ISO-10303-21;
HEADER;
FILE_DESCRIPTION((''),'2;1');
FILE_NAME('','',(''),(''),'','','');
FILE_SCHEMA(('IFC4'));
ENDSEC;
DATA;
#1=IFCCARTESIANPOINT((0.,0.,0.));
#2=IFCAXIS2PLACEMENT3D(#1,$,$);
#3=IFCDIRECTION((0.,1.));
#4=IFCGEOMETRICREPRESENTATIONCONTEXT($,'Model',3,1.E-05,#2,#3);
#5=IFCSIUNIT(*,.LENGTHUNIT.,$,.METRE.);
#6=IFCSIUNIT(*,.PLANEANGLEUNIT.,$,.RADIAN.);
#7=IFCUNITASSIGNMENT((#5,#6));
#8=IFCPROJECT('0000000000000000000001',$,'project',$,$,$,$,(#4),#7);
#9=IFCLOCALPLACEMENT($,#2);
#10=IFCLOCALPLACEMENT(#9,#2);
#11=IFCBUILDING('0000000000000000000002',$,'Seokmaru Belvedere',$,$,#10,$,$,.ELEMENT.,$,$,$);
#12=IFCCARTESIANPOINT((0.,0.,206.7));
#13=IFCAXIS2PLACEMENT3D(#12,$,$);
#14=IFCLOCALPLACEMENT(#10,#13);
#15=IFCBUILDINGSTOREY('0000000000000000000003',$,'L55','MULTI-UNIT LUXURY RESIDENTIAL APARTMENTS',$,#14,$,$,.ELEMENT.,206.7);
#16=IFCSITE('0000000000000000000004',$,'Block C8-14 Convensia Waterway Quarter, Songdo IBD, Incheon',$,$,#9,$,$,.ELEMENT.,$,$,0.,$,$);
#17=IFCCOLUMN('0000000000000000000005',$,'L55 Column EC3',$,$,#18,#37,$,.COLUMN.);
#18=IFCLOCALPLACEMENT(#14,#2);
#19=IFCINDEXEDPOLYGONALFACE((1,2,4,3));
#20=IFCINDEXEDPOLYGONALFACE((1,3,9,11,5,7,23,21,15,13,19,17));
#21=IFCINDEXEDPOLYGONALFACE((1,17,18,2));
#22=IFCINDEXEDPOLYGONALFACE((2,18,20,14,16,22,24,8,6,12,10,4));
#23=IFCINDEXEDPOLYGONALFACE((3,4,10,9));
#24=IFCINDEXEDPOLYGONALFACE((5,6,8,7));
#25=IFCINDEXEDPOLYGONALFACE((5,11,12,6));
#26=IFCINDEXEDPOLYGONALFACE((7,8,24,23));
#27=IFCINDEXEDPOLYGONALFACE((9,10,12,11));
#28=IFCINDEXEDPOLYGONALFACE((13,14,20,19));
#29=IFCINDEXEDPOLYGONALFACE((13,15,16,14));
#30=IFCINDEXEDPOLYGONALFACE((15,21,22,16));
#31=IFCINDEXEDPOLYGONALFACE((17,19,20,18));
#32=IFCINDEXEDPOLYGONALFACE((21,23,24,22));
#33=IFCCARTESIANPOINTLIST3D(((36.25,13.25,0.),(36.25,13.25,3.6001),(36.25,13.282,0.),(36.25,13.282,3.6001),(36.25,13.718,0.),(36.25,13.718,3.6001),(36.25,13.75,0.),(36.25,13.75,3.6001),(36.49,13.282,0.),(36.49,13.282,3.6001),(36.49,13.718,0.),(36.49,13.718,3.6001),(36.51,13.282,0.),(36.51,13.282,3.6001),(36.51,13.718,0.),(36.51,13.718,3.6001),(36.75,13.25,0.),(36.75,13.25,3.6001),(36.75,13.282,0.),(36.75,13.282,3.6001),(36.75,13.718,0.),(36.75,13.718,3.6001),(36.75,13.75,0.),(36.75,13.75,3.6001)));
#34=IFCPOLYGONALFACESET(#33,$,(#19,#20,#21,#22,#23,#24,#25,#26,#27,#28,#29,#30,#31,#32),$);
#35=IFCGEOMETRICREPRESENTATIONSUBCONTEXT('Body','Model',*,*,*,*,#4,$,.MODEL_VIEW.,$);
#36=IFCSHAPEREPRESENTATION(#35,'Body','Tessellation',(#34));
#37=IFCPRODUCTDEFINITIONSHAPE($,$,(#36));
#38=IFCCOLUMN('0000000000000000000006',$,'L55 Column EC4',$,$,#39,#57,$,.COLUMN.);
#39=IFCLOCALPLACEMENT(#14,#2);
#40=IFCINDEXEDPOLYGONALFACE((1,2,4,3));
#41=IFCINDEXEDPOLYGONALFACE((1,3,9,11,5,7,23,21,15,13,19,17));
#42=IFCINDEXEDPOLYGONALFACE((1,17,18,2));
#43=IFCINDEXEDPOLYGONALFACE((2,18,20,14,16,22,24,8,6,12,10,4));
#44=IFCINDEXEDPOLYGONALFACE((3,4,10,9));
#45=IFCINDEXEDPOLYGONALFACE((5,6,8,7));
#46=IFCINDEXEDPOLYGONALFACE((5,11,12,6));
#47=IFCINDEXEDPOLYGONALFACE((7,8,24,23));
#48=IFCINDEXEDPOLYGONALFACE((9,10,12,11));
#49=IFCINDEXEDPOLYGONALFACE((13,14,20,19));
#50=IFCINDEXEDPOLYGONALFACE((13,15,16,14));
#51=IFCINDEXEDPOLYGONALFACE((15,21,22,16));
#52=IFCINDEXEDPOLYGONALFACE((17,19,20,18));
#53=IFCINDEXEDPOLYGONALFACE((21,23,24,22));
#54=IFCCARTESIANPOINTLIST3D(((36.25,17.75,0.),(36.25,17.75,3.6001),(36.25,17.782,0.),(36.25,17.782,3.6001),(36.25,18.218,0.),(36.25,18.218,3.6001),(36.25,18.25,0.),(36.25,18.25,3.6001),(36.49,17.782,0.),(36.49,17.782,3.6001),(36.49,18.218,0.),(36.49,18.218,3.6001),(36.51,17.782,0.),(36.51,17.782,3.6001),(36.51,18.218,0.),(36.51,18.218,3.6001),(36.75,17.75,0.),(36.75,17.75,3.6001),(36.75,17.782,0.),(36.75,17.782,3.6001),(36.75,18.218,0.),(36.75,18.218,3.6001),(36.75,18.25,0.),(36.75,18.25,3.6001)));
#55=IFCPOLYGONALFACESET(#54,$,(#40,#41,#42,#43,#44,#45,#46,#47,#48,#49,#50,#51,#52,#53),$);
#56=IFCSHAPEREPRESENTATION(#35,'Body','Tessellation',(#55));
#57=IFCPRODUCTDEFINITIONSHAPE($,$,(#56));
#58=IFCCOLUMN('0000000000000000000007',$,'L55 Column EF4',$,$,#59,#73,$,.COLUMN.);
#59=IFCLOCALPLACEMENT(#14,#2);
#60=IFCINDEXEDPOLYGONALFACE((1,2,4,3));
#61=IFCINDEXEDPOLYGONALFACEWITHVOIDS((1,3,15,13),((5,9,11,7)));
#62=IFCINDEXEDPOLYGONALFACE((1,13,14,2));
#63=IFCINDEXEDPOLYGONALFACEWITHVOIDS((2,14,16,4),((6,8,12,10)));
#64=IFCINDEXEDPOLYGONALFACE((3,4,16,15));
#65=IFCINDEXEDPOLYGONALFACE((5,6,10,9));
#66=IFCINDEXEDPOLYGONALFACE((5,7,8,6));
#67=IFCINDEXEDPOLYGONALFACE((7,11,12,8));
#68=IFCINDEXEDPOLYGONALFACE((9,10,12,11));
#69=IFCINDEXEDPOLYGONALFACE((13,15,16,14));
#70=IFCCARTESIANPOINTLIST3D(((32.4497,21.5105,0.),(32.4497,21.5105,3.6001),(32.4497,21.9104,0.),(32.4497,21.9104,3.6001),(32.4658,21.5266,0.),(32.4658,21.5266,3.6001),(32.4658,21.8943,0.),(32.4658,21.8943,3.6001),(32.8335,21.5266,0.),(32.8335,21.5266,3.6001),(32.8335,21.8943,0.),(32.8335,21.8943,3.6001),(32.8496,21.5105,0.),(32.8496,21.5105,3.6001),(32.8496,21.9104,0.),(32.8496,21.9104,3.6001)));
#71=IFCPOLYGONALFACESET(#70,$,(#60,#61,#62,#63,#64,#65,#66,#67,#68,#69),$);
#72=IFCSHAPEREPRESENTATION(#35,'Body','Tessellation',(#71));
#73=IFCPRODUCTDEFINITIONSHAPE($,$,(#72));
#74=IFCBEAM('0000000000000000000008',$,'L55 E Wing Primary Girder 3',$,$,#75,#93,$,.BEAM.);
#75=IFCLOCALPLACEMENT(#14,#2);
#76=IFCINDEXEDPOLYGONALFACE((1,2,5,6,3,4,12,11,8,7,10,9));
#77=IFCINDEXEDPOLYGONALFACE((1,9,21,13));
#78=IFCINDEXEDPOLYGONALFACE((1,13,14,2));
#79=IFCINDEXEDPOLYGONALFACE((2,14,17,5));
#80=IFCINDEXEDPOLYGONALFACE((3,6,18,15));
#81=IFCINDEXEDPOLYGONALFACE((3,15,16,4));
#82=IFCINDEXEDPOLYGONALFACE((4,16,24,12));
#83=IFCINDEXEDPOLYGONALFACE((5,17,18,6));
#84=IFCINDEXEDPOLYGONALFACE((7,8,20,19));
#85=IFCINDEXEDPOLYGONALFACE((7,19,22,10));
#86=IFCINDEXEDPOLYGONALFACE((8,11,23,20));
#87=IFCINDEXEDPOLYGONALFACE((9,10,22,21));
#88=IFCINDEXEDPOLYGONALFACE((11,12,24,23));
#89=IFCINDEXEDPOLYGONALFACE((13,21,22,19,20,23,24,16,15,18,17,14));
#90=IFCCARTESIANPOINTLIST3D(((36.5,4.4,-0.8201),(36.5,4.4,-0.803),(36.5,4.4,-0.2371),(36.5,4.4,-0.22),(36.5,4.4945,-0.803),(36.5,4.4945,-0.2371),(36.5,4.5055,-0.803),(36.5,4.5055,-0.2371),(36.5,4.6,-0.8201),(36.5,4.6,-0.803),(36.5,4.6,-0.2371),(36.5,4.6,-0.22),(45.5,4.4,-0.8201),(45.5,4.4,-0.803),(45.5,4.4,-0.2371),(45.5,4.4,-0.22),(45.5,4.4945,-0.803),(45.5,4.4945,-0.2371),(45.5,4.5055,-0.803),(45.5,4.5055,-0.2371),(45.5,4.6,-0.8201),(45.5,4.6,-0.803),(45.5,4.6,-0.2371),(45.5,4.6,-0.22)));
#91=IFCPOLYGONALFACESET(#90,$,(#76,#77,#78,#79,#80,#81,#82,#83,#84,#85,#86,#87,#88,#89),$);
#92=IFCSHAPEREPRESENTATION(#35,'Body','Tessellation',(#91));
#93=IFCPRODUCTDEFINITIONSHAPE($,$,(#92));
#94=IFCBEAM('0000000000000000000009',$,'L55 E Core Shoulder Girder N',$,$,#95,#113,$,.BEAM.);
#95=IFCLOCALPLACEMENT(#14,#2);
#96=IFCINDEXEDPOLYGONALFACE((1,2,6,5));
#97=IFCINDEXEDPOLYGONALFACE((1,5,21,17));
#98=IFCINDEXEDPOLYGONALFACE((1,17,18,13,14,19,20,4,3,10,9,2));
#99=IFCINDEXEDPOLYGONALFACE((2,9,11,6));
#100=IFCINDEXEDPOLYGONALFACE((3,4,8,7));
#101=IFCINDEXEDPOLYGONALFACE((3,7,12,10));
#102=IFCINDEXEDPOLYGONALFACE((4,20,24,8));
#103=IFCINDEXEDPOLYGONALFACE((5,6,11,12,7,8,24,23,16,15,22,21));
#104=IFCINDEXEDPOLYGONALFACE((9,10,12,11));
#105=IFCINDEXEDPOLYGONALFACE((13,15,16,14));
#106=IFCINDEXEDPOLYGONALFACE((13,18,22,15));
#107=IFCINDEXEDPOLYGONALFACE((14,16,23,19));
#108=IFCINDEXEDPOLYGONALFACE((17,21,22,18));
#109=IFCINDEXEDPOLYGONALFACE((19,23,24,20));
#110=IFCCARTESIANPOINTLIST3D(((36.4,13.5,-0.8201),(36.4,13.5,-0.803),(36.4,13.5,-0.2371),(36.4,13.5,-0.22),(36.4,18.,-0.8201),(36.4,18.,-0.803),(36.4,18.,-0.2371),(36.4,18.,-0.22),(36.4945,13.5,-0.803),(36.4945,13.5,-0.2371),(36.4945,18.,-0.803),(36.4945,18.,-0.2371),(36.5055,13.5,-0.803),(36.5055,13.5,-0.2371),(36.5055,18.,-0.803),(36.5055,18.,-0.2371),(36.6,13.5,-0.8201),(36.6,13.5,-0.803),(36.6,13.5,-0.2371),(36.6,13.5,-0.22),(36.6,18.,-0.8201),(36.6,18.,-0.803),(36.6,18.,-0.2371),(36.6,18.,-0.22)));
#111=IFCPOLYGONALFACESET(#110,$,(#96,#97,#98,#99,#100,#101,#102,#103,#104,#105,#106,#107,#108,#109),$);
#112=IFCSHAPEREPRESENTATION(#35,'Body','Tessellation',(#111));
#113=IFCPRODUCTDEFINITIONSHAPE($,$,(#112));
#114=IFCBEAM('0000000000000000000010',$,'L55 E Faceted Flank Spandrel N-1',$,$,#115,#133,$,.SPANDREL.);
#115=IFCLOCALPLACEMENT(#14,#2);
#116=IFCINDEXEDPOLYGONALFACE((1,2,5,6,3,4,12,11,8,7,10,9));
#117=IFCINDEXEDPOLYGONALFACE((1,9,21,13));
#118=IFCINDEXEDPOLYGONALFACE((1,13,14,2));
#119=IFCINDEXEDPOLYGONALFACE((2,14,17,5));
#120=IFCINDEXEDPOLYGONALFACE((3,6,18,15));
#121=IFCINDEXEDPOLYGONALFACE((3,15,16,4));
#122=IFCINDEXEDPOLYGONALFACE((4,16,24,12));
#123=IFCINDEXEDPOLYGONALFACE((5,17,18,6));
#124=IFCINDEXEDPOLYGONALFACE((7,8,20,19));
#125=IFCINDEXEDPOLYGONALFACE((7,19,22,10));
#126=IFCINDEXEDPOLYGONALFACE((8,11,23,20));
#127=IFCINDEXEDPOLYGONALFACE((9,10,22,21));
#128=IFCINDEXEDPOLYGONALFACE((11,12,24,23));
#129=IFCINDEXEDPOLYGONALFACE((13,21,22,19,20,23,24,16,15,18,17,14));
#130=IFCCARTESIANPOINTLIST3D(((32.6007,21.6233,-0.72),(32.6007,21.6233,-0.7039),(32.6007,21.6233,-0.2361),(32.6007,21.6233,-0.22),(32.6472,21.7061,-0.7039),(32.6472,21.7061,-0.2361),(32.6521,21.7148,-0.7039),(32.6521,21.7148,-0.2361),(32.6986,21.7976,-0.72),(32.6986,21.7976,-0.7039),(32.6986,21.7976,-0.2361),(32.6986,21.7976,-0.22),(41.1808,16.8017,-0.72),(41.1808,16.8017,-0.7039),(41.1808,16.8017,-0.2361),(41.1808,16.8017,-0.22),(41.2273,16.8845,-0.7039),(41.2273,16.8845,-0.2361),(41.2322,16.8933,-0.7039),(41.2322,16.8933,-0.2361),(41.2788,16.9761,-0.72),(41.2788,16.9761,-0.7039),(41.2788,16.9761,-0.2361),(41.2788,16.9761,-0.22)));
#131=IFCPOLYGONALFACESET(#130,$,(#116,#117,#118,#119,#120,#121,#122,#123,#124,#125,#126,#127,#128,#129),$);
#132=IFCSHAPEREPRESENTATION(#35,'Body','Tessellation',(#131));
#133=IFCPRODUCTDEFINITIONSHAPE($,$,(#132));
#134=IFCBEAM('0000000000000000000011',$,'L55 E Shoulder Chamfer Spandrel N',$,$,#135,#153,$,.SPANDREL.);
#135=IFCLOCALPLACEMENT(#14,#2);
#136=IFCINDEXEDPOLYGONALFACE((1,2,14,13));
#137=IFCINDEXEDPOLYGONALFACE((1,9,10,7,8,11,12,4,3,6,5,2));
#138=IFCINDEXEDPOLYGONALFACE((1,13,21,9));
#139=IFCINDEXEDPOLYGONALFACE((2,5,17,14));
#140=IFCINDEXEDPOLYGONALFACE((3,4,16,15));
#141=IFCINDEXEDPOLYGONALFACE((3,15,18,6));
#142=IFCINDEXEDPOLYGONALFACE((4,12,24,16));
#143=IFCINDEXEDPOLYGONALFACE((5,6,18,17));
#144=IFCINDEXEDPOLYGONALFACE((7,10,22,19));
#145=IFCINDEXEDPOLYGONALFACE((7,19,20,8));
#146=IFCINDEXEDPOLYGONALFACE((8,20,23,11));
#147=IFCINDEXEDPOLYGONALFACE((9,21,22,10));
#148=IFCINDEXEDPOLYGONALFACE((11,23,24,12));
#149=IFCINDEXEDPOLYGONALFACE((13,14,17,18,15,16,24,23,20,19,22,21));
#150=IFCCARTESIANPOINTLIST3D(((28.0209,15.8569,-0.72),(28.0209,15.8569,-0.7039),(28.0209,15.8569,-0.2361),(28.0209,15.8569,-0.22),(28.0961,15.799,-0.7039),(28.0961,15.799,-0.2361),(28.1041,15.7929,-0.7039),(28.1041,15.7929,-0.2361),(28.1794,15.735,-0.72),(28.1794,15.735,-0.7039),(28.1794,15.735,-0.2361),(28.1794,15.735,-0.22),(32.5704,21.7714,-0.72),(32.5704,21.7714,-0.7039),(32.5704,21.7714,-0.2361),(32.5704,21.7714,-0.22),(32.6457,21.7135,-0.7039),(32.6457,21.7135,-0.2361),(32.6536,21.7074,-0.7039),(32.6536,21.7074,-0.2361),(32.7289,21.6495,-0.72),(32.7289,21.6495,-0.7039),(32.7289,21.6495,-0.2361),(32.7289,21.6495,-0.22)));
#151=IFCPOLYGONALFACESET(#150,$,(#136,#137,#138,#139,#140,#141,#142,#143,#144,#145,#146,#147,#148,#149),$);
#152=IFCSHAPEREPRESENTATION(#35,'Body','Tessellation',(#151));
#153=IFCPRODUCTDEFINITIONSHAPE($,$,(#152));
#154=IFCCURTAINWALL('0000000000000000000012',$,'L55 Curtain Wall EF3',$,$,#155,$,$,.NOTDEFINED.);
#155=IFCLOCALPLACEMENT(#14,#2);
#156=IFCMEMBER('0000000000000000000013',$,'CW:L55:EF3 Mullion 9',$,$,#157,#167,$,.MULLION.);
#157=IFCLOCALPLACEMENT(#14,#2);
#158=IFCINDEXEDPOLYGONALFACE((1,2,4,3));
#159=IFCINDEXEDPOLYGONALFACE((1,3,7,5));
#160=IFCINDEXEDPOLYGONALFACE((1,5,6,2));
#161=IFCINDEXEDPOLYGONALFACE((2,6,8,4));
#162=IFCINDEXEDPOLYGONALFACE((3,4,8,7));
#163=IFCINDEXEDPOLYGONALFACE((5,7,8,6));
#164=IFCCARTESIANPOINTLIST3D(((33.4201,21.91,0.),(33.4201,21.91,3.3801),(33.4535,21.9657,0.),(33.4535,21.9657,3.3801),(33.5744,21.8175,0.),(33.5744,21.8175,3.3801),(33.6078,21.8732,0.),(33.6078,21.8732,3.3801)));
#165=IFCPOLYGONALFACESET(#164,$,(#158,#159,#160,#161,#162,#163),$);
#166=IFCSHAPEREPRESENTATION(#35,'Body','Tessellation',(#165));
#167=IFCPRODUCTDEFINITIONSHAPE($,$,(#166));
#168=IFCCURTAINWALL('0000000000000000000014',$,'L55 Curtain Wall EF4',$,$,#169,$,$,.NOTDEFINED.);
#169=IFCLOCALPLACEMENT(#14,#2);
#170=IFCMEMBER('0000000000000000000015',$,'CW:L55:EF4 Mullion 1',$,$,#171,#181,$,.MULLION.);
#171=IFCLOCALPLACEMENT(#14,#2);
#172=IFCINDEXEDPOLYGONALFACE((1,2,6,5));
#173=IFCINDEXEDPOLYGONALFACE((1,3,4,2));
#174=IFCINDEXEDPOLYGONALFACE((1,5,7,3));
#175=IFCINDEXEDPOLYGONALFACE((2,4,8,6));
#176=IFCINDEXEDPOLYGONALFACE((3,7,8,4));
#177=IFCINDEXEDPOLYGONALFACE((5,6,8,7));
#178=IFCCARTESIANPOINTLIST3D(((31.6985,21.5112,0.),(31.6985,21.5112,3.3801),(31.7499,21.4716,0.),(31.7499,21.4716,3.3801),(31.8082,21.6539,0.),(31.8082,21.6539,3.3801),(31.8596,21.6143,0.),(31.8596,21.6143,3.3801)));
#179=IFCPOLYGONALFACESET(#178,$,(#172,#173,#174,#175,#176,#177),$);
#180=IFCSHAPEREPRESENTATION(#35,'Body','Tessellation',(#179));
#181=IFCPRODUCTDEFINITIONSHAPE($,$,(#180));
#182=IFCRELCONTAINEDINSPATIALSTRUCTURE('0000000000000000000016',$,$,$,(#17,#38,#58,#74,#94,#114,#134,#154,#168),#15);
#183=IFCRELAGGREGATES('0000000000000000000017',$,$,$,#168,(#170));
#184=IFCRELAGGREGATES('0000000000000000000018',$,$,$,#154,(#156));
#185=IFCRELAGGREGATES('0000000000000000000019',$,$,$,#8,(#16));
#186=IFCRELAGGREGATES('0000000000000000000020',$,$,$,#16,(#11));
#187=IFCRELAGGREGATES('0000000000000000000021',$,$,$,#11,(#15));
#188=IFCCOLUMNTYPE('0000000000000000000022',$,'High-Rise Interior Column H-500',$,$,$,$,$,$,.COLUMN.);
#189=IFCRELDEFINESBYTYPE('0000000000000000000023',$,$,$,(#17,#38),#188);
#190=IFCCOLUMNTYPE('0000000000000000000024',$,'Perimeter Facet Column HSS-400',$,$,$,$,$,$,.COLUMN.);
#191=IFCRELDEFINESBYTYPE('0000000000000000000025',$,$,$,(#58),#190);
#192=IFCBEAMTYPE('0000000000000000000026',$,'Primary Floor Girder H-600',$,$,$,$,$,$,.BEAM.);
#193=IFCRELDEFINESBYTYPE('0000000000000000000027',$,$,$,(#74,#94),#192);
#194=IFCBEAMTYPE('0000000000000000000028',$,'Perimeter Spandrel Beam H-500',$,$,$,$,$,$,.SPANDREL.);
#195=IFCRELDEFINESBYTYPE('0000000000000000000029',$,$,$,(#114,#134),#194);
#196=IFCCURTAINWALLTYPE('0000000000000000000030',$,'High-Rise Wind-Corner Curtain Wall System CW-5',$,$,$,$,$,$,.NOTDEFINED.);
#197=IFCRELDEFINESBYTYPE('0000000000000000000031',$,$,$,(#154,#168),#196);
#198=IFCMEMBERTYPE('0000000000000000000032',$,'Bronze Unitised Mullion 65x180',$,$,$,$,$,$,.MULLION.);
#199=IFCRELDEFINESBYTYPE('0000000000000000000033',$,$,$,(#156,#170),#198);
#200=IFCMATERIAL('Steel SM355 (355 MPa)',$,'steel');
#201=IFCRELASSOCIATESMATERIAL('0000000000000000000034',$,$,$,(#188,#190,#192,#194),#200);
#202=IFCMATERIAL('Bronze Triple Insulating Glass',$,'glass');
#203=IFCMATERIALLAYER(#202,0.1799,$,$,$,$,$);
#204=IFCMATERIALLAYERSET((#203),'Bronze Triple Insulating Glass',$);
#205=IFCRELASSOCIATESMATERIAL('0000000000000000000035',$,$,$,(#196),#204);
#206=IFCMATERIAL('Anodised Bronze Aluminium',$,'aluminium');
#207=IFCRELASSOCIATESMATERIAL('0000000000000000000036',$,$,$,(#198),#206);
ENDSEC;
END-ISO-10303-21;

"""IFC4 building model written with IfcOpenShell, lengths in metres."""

from ifc_helpers import new_model, si_unit, direction, frame, origin, origin_2d, place, context, subcontext, project, spatial, rectangle, hollow_rectangle, i_section, extrude, source, transform, mapped, material, layer, layer_set, material_profile, profile_set, type_object, type_shapes, element, aggregate, save


model = new_model("IFC4")

# Units and contexts
model_context = context("Model", 3, precision=1e-05, world=origin(), true_north=direction((0.0, 1.0)))
body_context = subcontext(model_context, "Body", "Model", "MODEL_VIEW")
ifc_project = project(units=[si_unit("LENGTHUNIT", "METRE"), si_unit("PLANEANGLEUNIT", "RADIAN")], contexts=[model_context])

# Site, building, storey
site_placement = place(None, origin())
site = spatial("IfcSite", under=ifc_project, at=site_placement, Name="Block C8-14 Convensia Waterway Quarter, Songdo IBD, Incheon", CompositionType="ELEMENT", RefElevation=0.0)
building_placement = place(site_placement, origin())
building = spatial("IfcBuilding", under=site, at=building_placement, Name="Seokmaru Belvedere", CompositionType="ELEMENT")
storey_placement = place(building_placement, frame((0.0, 0.0, 206.7)))
storey = spatial("IfcBuildingStorey", under=building, at=storey_placement, Name="L55", Description="MULTI-UNIT LUXURY RESIDENTIAL APARTMENTS", CompositionType="ELEMENT", Elevation=206.7)

# Columns
ifc_material_1 = material(Name="Steel SM355 (355 MPa)", Category="steel")
ifc_material_profile_1 = material_profile(ifc_material_1, i_section(OverallWidth=0.5, OverallDepth=0.5, WebThickness=0.02, FlangeThickness=0.032, at=origin_2d()), Name="H-500x500x20x32")
ifc_profile_set_1 = profile_set([ifc_material_profile_1], Name="Steel SM355 (355 MPa)")
column_type_1 = type_object("IfcColumnType", Name="High-Rise Interior Column H-500", PredefinedType="COLUMN", material=ifc_profile_set_1)
shared_shape_1 = source(origin(), body_context, "Body", "SweptSolid", [
    extrude(i_section(OverallWidth=0.5, OverallDepth=0.5, WebThickness=0.02, FlangeThickness=0.032, at=origin_2d()), origin(), (0.0, 0.0, 1.0), 3.6001),
])
type_shapes(column_type_1, [shared_shape_1])
for number, where, z_axis, x_axis, name in (
    (1, (36.5, 13.5, 0.0), (0.0, 0.0, 1.0), (1.0, 0.0, 0.0), "L55 Column EC3"),
    (2, (36.5, 18.0, 0.0), (0.0, 0.0, 1.0), (1.0, 0.0, 0.0), "L55 Column EC4"),
):
    element("IfcColumn", number, at=place(storey_placement, frame(where, z_axis=z_axis, x_axis=x_axis)), inside=storey, type_object=column_type_1, Name=name, PredefinedType="COLUMN", context=body_context, shape_type="MappedRepresentation", body=[
        mapped(shared_shape_1, transform((0.0, 0.0, 0.0), scale=1.0)),
    ])
ifc_material_profile_2 = material_profile(ifc_material_1, hollow_rectangle(XDim=0.3999, YDim=0.3999, WallThickness=0.0161, at=origin_2d()), Name="HSS-400x400x16")
ifc_profile_set_2 = profile_set([ifc_material_profile_2], Name="Steel SM355 (355 MPa)")
column_type_2 = type_object("IfcColumnType", Name="Perimeter Facet Column HSS-400", PredefinedType="COLUMN", material=ifc_profile_set_2)
shared_shape_2 = source(origin(), body_context, "Body", "SweptSolid", [
    extrude(hollow_rectangle(XDim=0.3999, YDim=0.3999, WallThickness=0.0161, at=origin_2d()), origin(), (0.0, 0.0, 1.0), 3.6001),
])
type_shapes(column_type_2, [shared_shape_2])
column_placement = place(storey_placement, frame((32.6497, 21.7104, 0.0), z_axis=(0.0, 0.0, 1.0), x_axis=(1.0, 0.0, 0.0)))
element("IfcColumn", 3, at=column_placement, inside=storey, type_object=column_type_2, Name="L55 Column EF4", PredefinedType="COLUMN", context=body_context, shape_type="MappedRepresentation", body=[
    mapped(shared_shape_2, transform((0.0, 0.0, 0.0), scale=1.0)),
])

# Beams
ifc_material_profile_3 = material_profile(ifc_material_1, i_section(OverallWidth=0.2, OverallDepth=0.6001, WebThickness=0.011, FlangeThickness=0.0171, at=origin_2d()), Name="H-600x200x11x17")
ifc_profile_set_3 = profile_set([ifc_material_profile_3], Name="Steel SM355 (355 MPa)")
beam_type_1 = type_object("IfcBeamType", Name="Primary Floor Girder H-600", PredefinedType="BEAM", material=ifc_profile_set_3)
shared_shape_3 = source(origin(), body_context, "Body", "SweptSolid", [
    extrude(i_section(OverallWidth=0.2, OverallDepth=0.6001, WebThickness=0.011, FlangeThickness=0.0171, at=origin_2d()), origin(), (0.0, 0.0, 1.0), 9.0),
])
beam_1_placement = place(storey_placement, frame((36.5, 4.5, -0.52), z_axis=(1.0, 0.0, 0.0), x_axis=(0.0, 1.0, 0.0)))
element("IfcBeam", 4, at=beam_1_placement, inside=storey, type_object=beam_type_1, Name="L55 E Wing Primary Girder 3", PredefinedType="BEAM", context=body_context, shape_type="MappedRepresentation", body=[
    mapped(shared_shape_3, transform((0.0, 0.0, 0.0), scale=1.0)),
])
shared_shape_4 = source(origin(), body_context, "Body", "SweptSolid", [
    extrude(i_section(OverallWidth=0.2, OverallDepth=0.6001, WebThickness=0.011, FlangeThickness=0.0171, at=origin_2d()), origin(), (0.0, 0.0, 1.0), 4.5),
])
type_shapes(beam_type_1, [shared_shape_3, shared_shape_4])
beam_2_placement = place(storey_placement, frame((36.5, 13.5, -0.52), z_axis=(0.0, 1.0, 0.0), x_axis=(-1.0, 0.0, 0.0)))
element("IfcBeam", 5, at=beam_2_placement, inside=storey, type_object=beam_type_1, Name="L55 E Core Shoulder Girder N", PredefinedType="BEAM", context=body_context, shape_type="MappedRepresentation", body=[
    mapped(shared_shape_4, transform((0.0, 0.0, 0.0), scale=1.0)),
])
ifc_material_profile_4 = material_profile(ifc_material_1, i_section(OverallWidth=0.2, OverallDepth=0.5, WebThickness=0.01, FlangeThickness=0.0161, at=origin_2d()), Name="H-500x200x10x16")
ifc_profile_set_4 = profile_set([ifc_material_profile_4], Name="Steel SM355 (355 MPa)")
beam_type_2 = type_object("IfcBeamType", Name="Perimeter Spandrel Beam H-500", PredefinedType="SPANDREL", material=ifc_profile_set_4)
shared_shape_5 = source(origin(), body_context, "Body", "SweptSolid", [
    extrude(i_section(OverallWidth=0.2, OverallDepth=0.5, WebThickness=0.01, FlangeThickness=0.0161, at=origin_2d()), origin(), (0.0, 0.0, 1.0), 9.842),
])
beam_3_placement = place(storey_placement, frame((32.6497, 21.7104, -0.47), z_axis=(0.871782, -0.489894, 0.0), x_axis=(0.489894, 0.871782, 0.0)))
element("IfcBeam", 6, at=beam_3_placement, inside=storey, type_object=beam_type_2, Name="L55 E Faceted Flank Spandrel N-1", PredefinedType="SPANDREL", context=body_context, shape_type="MappedRepresentation", body=[
    mapped(shared_shape_5, transform((0.0, 0.0, 0.0), scale=1.0)),
])
shared_shape_6 = source(origin(), body_context, "Body", "SweptSolid", [
    extrude(i_section(OverallWidth=0.2, OverallDepth=0.5, WebThickness=0.01, FlangeThickness=0.0161, at=origin_2d()), origin(), (0.0, 0.0, 1.0), 7.4619),
])
type_shapes(beam_type_2, [shared_shape_5, shared_shape_6])
beam_4_placement = place(storey_placement, frame((32.6497, 21.7104, -0.47), z_axis=(-0.609703, -0.79263, 0.0), x_axis=(0.79263, -0.609703, 0.0)))
element("IfcBeam", 7, at=beam_4_placement, inside=storey, type_object=beam_type_2, Name="L55 E Shoulder Chamfer Spandrel N", PredefinedType="SPANDREL", context=body_context, shape_type="MappedRepresentation", body=[
    mapped(shared_shape_6, transform((0.0, 0.0, 0.0), scale=1.0)),
])

# Curtain wall, member
ifc_material_2 = material(Name="Bronze Triple Insulating Glass", Category="glass")
ifc_layer_1 = layer(ifc_material_2, 0.1799)
ifc_layer_set_1 = layer_set([ifc_layer_1], Name="Bronze Triple Insulating Glass")
curtain_wall_type = type_object("IfcCurtainWallType", Name="High-Rise Wind-Corner Curtain Wall System CW-5", PredefinedType="NOTDEFINED", material=ifc_layer_set_1)
curtain_wall_1_placement = place(storey_placement, origin())
curtain_wall_1 = element("IfcCurtainWall", 8, at=curtain_wall_1_placement, inside=storey, type_object=curtain_wall_type, Name="L55 Curtain Wall EF3", PredefinedType="NOTDEFINED")
ifc_material_3 = material(Name="Anodised Bronze Aluminium", Category="aluminium")
ifc_material_profile_5 = material_profile(ifc_material_3, rectangle(XDim=0.0649, YDim=0.1799, at=origin_2d()), Name="CW-M-65x180")
ifc_profile_set_5 = profile_set([ifc_material_profile_5], Name="Anodised Bronze Aluminium")
member_type_1 = type_object("IfcMemberType", Name="Bronze Unitised Mullion 65x180", PredefinedType="MULLION", material=ifc_profile_set_5)
shared_shape_7 = source(origin(), body_context, "Body", "SweptSolid", [
    extrude(rectangle(XDim=0.0649, YDim=0.1799, at=origin_2d()), origin(), (0.0, 0.0, 1.0), 3.3801),
])
type_shapes(member_type_1, [shared_shape_7])
member_1_placement = place(storey_placement, frame((33.5139, 21.8916, 0.0), z_axis=(0.0, 0.0, 1.0), x_axis=(-0.514495, -0.857493, 0.0)))
member_1 = element("IfcMember", 9, at=member_1_placement, type_object=member_type_1, Name="CW:L55:EF3 Mullion 9", PredefinedType="MULLION", context=body_context, shape_type="MappedRepresentation", body=[
    mapped(shared_shape_7, transform((0.0, 0.0, 0.0), scale=1.0)),
])

# Curtain wall, member
curtain_wall_2_placement = place(storey_placement, origin())
curtain_wall_2 = element("IfcCurtainWall", 10, at=curtain_wall_2_placement, inside=storey, type_object=curtain_wall_type, Name="L55 Curtain Wall EF4", PredefinedType="NOTDEFINED")
member_2_placement = place(storey_placement, frame((31.7791, 21.5627, 0.0), z_axis=(0.0, 0.0, 1.0), x_axis=(0.792631, -0.609701, 0.0)))
member_2 = element("IfcMember", 11, at=member_2_placement, type_object=member_type_1, Name="CW:L55:EF4 Mullion 1", PredefinedType="MULLION", context=body_context, shape_type="MappedRepresentation", body=[
    mapped(shared_shape_7, transform((0.0, 0.0, 0.0), scale=1.0)),
])
aggregate(curtain_wall_2, [member_2])

aggregate(curtain_wall_1, [member_1])

save(model, "model.ifc")
